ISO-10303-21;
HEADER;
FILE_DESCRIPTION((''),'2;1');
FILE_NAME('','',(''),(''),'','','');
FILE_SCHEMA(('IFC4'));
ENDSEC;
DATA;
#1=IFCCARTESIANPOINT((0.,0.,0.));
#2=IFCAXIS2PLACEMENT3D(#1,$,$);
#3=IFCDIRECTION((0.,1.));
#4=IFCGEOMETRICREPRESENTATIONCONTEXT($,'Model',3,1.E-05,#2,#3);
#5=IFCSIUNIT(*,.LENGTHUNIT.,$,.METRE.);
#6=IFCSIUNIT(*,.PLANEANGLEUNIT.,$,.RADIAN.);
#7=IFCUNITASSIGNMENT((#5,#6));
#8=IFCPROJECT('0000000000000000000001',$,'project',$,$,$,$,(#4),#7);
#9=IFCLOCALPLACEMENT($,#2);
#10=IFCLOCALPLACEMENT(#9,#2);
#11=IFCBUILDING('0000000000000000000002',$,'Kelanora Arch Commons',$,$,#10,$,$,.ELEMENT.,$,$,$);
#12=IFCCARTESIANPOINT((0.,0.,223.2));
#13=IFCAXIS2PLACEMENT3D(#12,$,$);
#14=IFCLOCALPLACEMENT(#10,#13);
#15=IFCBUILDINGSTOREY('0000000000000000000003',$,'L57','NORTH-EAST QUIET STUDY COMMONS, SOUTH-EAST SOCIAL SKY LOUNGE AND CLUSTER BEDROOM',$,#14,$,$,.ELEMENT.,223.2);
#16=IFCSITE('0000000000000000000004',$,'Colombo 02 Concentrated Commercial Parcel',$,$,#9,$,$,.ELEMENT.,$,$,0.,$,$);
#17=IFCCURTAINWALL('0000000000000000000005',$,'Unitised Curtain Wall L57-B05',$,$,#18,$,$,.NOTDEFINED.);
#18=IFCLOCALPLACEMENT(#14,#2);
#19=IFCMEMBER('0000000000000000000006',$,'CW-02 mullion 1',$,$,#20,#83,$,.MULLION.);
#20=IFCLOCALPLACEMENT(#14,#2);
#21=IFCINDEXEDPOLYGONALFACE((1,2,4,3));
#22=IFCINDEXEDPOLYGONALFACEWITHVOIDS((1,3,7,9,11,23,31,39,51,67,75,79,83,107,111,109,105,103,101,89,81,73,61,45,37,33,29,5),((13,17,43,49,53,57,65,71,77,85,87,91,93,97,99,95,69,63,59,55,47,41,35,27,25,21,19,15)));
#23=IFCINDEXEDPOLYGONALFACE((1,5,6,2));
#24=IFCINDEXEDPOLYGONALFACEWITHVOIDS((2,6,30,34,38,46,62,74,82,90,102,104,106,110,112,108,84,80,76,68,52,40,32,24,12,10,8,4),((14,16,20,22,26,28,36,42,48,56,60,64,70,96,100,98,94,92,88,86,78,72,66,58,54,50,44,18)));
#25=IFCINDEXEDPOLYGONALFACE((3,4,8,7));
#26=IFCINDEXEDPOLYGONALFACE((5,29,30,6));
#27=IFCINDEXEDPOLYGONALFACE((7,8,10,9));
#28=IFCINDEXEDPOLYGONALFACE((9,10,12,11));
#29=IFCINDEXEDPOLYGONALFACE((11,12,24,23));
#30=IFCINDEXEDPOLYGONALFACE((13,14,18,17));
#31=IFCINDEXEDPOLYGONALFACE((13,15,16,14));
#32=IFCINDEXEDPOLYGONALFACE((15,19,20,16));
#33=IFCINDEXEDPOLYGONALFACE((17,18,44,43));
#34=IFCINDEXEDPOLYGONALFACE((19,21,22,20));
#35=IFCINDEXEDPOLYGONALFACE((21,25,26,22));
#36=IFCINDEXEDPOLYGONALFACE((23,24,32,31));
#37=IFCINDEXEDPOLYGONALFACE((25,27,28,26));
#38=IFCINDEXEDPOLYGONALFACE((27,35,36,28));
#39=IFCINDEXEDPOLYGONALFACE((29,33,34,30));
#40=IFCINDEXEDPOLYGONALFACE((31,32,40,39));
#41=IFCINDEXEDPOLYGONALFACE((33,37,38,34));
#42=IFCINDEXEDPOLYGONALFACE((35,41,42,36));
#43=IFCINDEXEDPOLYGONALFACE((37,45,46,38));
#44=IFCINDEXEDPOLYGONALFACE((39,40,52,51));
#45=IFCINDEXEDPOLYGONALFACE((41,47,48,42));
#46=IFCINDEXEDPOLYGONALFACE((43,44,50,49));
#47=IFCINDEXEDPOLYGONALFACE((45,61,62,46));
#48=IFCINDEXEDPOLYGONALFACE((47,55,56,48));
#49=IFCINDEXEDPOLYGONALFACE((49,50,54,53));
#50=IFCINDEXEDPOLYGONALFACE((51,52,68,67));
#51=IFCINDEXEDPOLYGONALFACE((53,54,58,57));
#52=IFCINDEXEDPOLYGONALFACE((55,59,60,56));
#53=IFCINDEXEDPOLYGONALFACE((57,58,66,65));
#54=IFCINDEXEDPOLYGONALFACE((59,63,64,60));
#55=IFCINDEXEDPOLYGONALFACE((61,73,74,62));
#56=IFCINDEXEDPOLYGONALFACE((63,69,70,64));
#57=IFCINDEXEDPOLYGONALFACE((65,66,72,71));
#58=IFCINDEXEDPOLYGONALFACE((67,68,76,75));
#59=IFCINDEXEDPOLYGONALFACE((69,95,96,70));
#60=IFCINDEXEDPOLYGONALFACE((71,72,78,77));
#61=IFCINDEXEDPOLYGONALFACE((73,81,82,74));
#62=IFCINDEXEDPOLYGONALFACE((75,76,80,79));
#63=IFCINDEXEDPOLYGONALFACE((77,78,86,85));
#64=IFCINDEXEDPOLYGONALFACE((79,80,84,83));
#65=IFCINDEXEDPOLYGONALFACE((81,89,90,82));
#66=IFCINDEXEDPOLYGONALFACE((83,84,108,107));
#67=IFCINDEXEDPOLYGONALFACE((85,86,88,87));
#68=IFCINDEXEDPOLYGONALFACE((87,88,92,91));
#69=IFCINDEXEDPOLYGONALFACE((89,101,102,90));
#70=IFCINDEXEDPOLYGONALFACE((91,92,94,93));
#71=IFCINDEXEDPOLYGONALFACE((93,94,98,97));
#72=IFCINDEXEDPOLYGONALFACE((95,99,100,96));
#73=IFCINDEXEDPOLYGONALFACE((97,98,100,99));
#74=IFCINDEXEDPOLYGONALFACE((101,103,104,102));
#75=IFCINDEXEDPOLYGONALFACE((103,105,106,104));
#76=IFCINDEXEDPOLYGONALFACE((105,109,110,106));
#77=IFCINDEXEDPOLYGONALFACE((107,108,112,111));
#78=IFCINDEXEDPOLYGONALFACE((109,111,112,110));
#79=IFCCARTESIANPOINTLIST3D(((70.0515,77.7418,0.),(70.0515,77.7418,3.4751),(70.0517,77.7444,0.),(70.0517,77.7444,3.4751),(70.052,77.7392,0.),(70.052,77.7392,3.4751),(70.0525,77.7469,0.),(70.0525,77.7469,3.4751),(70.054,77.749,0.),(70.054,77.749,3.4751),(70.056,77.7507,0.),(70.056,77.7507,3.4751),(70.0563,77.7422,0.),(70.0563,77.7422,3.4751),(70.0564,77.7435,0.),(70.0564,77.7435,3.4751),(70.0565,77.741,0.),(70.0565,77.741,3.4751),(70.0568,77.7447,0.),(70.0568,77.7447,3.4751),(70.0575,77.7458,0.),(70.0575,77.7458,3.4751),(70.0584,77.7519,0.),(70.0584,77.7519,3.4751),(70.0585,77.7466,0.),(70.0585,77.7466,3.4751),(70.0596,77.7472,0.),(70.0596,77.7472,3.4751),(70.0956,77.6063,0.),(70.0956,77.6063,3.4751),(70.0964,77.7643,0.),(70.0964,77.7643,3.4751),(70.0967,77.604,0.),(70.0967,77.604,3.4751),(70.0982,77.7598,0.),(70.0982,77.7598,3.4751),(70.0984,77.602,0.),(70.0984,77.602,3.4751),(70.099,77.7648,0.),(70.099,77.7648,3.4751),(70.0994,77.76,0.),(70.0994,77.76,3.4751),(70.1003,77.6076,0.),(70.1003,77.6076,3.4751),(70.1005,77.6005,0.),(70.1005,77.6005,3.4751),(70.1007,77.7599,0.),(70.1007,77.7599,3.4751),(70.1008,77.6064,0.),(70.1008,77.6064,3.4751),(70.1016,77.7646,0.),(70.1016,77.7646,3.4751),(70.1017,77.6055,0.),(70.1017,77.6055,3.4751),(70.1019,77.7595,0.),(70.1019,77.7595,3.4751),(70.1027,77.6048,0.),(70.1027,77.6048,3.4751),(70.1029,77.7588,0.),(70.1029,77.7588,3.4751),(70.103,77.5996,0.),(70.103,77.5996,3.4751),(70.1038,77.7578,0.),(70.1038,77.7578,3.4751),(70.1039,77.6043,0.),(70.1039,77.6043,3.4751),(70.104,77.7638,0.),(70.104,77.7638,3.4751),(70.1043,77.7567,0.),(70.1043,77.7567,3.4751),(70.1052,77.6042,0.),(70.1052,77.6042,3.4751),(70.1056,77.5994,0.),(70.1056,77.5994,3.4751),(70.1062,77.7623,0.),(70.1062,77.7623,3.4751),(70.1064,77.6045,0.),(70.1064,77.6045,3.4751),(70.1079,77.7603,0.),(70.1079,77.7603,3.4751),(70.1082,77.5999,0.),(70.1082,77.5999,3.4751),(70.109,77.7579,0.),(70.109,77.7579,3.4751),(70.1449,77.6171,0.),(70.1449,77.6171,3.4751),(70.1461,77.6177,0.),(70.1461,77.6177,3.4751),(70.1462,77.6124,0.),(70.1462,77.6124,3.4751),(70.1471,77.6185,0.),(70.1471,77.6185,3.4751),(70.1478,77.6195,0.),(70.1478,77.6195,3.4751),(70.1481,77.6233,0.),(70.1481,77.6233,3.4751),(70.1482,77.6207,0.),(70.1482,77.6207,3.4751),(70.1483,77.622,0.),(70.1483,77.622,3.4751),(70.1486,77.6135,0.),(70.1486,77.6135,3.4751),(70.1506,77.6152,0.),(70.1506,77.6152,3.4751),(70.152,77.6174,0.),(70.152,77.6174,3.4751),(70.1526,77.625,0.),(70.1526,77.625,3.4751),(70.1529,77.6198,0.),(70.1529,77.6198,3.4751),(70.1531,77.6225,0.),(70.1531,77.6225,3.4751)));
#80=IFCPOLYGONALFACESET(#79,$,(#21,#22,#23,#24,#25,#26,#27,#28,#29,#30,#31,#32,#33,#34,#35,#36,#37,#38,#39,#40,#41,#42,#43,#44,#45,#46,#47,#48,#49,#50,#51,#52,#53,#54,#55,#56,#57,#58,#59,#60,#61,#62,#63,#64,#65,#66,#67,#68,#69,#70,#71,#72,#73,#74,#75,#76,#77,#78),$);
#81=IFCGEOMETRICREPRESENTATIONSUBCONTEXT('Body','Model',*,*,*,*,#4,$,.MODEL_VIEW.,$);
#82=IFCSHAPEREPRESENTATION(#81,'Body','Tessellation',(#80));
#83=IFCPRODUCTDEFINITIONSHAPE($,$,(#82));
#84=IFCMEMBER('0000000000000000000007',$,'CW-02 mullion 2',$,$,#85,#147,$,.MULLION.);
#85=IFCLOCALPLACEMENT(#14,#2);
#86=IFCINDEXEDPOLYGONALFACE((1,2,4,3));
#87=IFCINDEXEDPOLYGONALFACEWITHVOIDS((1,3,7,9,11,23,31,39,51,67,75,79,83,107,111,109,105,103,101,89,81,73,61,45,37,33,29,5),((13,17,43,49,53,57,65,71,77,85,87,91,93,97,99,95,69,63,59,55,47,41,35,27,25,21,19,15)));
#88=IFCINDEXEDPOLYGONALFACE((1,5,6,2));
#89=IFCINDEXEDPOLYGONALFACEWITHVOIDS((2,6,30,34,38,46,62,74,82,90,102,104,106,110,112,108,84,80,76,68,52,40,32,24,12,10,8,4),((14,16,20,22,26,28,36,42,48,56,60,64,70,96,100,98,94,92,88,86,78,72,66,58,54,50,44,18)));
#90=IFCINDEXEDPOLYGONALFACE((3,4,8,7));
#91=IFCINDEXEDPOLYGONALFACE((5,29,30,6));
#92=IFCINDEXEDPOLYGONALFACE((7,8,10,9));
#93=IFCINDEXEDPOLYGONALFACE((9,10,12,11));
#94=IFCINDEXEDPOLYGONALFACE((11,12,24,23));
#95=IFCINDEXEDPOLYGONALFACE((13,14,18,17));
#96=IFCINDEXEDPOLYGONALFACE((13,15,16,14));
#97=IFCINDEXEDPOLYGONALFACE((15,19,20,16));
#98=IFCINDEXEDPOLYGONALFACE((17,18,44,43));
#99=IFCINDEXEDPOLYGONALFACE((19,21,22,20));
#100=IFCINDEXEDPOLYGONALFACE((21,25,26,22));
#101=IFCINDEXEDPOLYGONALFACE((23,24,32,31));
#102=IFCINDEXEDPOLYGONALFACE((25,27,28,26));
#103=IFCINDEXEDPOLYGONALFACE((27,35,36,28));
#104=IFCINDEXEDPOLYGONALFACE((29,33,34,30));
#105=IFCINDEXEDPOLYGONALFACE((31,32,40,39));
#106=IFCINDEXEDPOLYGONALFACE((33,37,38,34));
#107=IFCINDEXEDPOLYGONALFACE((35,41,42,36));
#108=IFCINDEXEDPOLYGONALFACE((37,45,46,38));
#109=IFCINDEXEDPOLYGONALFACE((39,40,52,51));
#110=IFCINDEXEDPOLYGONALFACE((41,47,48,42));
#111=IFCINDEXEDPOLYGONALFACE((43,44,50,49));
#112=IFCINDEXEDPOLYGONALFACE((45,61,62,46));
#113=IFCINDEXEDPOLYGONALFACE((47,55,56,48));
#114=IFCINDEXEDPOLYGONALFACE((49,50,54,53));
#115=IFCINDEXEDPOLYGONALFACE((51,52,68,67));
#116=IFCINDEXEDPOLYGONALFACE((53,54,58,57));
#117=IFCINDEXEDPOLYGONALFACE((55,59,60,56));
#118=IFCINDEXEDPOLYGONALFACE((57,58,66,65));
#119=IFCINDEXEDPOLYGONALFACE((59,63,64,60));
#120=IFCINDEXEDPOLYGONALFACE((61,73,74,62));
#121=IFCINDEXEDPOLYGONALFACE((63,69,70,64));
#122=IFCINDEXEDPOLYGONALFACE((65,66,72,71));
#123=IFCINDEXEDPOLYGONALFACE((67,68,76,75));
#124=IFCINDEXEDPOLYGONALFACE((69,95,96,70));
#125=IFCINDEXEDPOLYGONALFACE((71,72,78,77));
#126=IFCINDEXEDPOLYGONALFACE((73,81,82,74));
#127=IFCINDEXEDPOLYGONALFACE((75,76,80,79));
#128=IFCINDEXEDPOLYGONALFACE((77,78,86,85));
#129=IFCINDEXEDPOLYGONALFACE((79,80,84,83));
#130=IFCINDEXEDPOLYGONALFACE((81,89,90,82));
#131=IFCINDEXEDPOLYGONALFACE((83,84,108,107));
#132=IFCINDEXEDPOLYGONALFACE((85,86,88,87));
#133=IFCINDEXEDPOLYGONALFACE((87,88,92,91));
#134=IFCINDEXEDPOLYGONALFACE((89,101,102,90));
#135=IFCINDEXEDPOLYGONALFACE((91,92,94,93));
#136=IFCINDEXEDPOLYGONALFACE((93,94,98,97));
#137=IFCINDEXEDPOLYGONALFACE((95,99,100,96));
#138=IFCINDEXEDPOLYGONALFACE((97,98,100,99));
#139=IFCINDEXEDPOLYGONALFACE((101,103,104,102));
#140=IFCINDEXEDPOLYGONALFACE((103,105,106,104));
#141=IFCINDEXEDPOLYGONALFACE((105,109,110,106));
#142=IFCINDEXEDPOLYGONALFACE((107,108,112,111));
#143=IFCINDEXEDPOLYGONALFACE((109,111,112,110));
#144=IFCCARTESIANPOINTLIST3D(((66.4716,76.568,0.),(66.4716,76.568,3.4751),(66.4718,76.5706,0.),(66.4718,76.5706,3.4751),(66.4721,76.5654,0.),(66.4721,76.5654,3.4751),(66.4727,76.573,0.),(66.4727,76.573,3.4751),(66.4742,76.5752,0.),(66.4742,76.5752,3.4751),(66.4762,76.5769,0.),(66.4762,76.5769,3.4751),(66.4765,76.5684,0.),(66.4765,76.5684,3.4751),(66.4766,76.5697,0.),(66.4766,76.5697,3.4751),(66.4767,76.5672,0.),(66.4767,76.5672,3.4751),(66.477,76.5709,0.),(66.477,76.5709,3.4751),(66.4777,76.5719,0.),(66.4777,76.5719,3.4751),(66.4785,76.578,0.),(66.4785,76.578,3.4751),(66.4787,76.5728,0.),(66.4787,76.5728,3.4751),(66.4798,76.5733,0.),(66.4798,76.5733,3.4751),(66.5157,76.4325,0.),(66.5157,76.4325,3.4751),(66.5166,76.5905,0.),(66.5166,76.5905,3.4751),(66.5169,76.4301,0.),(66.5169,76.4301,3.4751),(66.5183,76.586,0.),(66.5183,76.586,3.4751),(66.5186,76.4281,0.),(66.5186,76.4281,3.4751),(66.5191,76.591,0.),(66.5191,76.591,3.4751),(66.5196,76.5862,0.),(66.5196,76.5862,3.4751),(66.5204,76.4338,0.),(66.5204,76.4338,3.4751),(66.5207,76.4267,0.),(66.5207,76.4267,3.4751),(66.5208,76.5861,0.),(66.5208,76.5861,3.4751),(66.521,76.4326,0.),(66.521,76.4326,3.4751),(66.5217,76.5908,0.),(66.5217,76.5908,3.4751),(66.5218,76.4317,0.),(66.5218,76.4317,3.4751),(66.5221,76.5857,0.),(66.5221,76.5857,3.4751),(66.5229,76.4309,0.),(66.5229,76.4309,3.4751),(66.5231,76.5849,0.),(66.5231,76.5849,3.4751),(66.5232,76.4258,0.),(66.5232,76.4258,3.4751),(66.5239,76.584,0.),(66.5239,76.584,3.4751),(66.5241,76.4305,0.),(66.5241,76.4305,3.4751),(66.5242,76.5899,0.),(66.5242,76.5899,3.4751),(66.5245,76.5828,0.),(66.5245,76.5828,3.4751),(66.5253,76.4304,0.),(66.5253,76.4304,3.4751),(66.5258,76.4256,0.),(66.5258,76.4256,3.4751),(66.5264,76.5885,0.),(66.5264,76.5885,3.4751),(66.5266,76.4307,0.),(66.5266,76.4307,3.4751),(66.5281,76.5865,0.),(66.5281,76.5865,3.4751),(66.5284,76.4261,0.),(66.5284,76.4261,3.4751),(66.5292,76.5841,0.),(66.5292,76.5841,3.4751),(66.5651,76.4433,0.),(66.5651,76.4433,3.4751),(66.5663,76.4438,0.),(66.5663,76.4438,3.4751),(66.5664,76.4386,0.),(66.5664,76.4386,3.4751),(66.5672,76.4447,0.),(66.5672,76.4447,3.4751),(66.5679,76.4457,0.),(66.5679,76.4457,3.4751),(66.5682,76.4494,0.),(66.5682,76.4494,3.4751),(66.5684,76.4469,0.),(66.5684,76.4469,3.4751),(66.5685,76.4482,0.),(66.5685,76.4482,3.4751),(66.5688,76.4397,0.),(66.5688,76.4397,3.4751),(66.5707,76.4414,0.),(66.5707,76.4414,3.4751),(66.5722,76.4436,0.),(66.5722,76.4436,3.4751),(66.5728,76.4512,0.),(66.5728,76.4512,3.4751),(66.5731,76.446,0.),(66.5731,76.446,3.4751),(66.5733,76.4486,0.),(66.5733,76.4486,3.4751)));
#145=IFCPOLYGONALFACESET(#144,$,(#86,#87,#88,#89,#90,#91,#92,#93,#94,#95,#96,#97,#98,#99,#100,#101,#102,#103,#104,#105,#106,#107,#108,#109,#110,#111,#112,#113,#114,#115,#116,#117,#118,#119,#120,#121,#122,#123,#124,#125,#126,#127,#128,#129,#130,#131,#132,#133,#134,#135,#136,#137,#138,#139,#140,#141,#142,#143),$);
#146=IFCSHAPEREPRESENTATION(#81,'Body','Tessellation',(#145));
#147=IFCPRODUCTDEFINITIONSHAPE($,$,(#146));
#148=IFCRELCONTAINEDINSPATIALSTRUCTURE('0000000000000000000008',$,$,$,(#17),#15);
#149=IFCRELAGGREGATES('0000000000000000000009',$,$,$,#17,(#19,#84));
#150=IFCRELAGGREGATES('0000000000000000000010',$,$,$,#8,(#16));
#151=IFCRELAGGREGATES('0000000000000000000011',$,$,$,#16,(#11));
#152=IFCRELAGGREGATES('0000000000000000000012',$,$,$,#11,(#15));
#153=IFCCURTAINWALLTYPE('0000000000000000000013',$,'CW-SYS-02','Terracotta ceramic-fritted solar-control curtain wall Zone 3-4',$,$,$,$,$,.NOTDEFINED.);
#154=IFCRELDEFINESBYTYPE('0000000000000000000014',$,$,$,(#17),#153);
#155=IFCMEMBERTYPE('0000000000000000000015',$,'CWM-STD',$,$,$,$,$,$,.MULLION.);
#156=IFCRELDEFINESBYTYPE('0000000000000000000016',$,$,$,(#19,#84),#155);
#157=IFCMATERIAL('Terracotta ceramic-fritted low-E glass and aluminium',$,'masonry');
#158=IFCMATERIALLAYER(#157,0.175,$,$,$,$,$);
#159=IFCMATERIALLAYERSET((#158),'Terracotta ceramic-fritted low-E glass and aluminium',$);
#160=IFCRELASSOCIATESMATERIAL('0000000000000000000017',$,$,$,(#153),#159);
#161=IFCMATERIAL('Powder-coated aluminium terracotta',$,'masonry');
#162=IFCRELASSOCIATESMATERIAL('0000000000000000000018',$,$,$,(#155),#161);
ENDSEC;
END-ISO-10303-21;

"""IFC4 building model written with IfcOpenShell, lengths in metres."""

from ifc_helpers import new_model, si_unit, direction, frame, origin, origin_2d, place, context, subcontext, project, spatial, hollow_rectangle, extrude, material, layer, layer_set, material_profile, profile_set, type_object, element, aggregate, save


model = new_model("IFC4")

# Units and contexts
model_context = context("Model", 3, precision=1e-05, world=origin(), true_north=direction((0.0, 1.0)))
body_context = subcontext(model_context, "Body", "Model", "MODEL_VIEW")
ifc_project = project(units=[si_unit("LENGTHUNIT", "METRE"), si_unit("PLANEANGLEUNIT", "RADIAN")], contexts=[model_context])

# Site, building, storey
site_placement = place(None, origin())
site = spatial("IfcSite", under=ifc_project, at=site_placement, Name="Colombo 02 Concentrated Commercial Parcel", CompositionType="ELEMENT", RefElevation=0.0)
building_placement = place(site_placement, origin())
building = spatial("IfcBuilding", under=site, at=building_placement, Name="Kelanora Arch Commons", CompositionType="ELEMENT")
storey_placement = place(building_placement, frame((0.0, 0.0, 223.2)))
storey = spatial("IfcBuildingStorey", under=building, at=storey_placement, Name="L57", Description="NORTH-EAST QUIET STUDY COMMONS, SOUTH-EAST SOCIAL SKY LOUNGE AND CLUSTER BEDROOM", CompositionType="ELEMENT", Elevation=223.2)

# Curtain wall, members
ifc_material_1 = material(Name="Terracotta ceramic-fritted low-E glass and aluminium", Category="masonry")
ifc_layer_1 = layer(ifc_material_1, 0.175)
ifc_layer_set_1 = layer_set([ifc_layer_1], Name="Terracotta ceramic-fritted low-E glass and aluminium")
curtain_wall_type = type_object("IfcCurtainWallType", Name="CW-SYS-02", Description="Terracotta ceramic-fritted solar-control curtain wall Zone 3-4", PredefinedType="NOTDEFINED", material=ifc_layer_set_1)
curtain_wall_placement = place(storey_placement, origin())
curtain_wall = element("IfcCurtainWall", 1, at=curtain_wall_placement, inside=storey, type_object=curtain_wall_type, Name="Unitised Curtain Wall L57-B05", PredefinedType="NOTDEFINED")
ifc_material_2 = material(Name="Powder-coated aluminium terracotta", Category="masonry")
ifc_material_profile_1 = material_profile(ifc_material_2, hollow_rectangle(XDim=0.1599, YDim=0.0601, WallThickness=0.0049, InnerFilletRadius=0.0049, OuterFilletRadius=0.01, at=origin_2d()), Name="CWM160x60")
ifc_profile_set_1 = profile_set([ifc_material_profile_1], Name="Powder-coated aluminium terracotta")
member_type_1 = type_object("IfcMemberType", Name="CWM-STD", PredefinedType="MULLION", material=ifc_profile_set_1)
member_1_placement = place(storey_placement, frame((70.1023, 77.6821, 0.0), z_axis=(0.0, 0.0, 1.0), x_axis=(0.311582, -0.950219, 0.0)))
member_1 = element("IfcMember", 2, at=member_1_placement, type_object=member_type_1, Name="CW-02 mullion 1", PredefinedType="MULLION", context=body_context, shape_type="SweptSolid", body=[
    extrude(hollow_rectangle(XDim=0.1599, YDim=0.0601, WallThickness=0.0049, InnerFilletRadius=0.0049, OuterFilletRadius=0.01, at=origin_2d()), origin(), (0.0, 0.0, 1.0), 3.4751),
])
member_2_placement = place(storey_placement, frame((66.5225, 76.5083, 0.0), z_axis=(0.0, 0.0, 1.0), x_axis=(0.311582, -0.950219, 0.0)))
member_2 = element("IfcMember", 3, at=member_2_placement, type_object=member_type_1, Name="CW-02 mullion 2", PredefinedType="MULLION", context=body_context, shape_type="SweptSolid", body=[
    extrude(hollow_rectangle(XDim=0.1599, YDim=0.0601, WallThickness=0.0049, InnerFilletRadius=0.0049, OuterFilletRadius=0.01, at=origin_2d()), origin(), (0.0, 0.0, 1.0), 3.4751),
])
aggregate(curtain_wall, [member_1, member_2])

save(model, "model.ifc")
